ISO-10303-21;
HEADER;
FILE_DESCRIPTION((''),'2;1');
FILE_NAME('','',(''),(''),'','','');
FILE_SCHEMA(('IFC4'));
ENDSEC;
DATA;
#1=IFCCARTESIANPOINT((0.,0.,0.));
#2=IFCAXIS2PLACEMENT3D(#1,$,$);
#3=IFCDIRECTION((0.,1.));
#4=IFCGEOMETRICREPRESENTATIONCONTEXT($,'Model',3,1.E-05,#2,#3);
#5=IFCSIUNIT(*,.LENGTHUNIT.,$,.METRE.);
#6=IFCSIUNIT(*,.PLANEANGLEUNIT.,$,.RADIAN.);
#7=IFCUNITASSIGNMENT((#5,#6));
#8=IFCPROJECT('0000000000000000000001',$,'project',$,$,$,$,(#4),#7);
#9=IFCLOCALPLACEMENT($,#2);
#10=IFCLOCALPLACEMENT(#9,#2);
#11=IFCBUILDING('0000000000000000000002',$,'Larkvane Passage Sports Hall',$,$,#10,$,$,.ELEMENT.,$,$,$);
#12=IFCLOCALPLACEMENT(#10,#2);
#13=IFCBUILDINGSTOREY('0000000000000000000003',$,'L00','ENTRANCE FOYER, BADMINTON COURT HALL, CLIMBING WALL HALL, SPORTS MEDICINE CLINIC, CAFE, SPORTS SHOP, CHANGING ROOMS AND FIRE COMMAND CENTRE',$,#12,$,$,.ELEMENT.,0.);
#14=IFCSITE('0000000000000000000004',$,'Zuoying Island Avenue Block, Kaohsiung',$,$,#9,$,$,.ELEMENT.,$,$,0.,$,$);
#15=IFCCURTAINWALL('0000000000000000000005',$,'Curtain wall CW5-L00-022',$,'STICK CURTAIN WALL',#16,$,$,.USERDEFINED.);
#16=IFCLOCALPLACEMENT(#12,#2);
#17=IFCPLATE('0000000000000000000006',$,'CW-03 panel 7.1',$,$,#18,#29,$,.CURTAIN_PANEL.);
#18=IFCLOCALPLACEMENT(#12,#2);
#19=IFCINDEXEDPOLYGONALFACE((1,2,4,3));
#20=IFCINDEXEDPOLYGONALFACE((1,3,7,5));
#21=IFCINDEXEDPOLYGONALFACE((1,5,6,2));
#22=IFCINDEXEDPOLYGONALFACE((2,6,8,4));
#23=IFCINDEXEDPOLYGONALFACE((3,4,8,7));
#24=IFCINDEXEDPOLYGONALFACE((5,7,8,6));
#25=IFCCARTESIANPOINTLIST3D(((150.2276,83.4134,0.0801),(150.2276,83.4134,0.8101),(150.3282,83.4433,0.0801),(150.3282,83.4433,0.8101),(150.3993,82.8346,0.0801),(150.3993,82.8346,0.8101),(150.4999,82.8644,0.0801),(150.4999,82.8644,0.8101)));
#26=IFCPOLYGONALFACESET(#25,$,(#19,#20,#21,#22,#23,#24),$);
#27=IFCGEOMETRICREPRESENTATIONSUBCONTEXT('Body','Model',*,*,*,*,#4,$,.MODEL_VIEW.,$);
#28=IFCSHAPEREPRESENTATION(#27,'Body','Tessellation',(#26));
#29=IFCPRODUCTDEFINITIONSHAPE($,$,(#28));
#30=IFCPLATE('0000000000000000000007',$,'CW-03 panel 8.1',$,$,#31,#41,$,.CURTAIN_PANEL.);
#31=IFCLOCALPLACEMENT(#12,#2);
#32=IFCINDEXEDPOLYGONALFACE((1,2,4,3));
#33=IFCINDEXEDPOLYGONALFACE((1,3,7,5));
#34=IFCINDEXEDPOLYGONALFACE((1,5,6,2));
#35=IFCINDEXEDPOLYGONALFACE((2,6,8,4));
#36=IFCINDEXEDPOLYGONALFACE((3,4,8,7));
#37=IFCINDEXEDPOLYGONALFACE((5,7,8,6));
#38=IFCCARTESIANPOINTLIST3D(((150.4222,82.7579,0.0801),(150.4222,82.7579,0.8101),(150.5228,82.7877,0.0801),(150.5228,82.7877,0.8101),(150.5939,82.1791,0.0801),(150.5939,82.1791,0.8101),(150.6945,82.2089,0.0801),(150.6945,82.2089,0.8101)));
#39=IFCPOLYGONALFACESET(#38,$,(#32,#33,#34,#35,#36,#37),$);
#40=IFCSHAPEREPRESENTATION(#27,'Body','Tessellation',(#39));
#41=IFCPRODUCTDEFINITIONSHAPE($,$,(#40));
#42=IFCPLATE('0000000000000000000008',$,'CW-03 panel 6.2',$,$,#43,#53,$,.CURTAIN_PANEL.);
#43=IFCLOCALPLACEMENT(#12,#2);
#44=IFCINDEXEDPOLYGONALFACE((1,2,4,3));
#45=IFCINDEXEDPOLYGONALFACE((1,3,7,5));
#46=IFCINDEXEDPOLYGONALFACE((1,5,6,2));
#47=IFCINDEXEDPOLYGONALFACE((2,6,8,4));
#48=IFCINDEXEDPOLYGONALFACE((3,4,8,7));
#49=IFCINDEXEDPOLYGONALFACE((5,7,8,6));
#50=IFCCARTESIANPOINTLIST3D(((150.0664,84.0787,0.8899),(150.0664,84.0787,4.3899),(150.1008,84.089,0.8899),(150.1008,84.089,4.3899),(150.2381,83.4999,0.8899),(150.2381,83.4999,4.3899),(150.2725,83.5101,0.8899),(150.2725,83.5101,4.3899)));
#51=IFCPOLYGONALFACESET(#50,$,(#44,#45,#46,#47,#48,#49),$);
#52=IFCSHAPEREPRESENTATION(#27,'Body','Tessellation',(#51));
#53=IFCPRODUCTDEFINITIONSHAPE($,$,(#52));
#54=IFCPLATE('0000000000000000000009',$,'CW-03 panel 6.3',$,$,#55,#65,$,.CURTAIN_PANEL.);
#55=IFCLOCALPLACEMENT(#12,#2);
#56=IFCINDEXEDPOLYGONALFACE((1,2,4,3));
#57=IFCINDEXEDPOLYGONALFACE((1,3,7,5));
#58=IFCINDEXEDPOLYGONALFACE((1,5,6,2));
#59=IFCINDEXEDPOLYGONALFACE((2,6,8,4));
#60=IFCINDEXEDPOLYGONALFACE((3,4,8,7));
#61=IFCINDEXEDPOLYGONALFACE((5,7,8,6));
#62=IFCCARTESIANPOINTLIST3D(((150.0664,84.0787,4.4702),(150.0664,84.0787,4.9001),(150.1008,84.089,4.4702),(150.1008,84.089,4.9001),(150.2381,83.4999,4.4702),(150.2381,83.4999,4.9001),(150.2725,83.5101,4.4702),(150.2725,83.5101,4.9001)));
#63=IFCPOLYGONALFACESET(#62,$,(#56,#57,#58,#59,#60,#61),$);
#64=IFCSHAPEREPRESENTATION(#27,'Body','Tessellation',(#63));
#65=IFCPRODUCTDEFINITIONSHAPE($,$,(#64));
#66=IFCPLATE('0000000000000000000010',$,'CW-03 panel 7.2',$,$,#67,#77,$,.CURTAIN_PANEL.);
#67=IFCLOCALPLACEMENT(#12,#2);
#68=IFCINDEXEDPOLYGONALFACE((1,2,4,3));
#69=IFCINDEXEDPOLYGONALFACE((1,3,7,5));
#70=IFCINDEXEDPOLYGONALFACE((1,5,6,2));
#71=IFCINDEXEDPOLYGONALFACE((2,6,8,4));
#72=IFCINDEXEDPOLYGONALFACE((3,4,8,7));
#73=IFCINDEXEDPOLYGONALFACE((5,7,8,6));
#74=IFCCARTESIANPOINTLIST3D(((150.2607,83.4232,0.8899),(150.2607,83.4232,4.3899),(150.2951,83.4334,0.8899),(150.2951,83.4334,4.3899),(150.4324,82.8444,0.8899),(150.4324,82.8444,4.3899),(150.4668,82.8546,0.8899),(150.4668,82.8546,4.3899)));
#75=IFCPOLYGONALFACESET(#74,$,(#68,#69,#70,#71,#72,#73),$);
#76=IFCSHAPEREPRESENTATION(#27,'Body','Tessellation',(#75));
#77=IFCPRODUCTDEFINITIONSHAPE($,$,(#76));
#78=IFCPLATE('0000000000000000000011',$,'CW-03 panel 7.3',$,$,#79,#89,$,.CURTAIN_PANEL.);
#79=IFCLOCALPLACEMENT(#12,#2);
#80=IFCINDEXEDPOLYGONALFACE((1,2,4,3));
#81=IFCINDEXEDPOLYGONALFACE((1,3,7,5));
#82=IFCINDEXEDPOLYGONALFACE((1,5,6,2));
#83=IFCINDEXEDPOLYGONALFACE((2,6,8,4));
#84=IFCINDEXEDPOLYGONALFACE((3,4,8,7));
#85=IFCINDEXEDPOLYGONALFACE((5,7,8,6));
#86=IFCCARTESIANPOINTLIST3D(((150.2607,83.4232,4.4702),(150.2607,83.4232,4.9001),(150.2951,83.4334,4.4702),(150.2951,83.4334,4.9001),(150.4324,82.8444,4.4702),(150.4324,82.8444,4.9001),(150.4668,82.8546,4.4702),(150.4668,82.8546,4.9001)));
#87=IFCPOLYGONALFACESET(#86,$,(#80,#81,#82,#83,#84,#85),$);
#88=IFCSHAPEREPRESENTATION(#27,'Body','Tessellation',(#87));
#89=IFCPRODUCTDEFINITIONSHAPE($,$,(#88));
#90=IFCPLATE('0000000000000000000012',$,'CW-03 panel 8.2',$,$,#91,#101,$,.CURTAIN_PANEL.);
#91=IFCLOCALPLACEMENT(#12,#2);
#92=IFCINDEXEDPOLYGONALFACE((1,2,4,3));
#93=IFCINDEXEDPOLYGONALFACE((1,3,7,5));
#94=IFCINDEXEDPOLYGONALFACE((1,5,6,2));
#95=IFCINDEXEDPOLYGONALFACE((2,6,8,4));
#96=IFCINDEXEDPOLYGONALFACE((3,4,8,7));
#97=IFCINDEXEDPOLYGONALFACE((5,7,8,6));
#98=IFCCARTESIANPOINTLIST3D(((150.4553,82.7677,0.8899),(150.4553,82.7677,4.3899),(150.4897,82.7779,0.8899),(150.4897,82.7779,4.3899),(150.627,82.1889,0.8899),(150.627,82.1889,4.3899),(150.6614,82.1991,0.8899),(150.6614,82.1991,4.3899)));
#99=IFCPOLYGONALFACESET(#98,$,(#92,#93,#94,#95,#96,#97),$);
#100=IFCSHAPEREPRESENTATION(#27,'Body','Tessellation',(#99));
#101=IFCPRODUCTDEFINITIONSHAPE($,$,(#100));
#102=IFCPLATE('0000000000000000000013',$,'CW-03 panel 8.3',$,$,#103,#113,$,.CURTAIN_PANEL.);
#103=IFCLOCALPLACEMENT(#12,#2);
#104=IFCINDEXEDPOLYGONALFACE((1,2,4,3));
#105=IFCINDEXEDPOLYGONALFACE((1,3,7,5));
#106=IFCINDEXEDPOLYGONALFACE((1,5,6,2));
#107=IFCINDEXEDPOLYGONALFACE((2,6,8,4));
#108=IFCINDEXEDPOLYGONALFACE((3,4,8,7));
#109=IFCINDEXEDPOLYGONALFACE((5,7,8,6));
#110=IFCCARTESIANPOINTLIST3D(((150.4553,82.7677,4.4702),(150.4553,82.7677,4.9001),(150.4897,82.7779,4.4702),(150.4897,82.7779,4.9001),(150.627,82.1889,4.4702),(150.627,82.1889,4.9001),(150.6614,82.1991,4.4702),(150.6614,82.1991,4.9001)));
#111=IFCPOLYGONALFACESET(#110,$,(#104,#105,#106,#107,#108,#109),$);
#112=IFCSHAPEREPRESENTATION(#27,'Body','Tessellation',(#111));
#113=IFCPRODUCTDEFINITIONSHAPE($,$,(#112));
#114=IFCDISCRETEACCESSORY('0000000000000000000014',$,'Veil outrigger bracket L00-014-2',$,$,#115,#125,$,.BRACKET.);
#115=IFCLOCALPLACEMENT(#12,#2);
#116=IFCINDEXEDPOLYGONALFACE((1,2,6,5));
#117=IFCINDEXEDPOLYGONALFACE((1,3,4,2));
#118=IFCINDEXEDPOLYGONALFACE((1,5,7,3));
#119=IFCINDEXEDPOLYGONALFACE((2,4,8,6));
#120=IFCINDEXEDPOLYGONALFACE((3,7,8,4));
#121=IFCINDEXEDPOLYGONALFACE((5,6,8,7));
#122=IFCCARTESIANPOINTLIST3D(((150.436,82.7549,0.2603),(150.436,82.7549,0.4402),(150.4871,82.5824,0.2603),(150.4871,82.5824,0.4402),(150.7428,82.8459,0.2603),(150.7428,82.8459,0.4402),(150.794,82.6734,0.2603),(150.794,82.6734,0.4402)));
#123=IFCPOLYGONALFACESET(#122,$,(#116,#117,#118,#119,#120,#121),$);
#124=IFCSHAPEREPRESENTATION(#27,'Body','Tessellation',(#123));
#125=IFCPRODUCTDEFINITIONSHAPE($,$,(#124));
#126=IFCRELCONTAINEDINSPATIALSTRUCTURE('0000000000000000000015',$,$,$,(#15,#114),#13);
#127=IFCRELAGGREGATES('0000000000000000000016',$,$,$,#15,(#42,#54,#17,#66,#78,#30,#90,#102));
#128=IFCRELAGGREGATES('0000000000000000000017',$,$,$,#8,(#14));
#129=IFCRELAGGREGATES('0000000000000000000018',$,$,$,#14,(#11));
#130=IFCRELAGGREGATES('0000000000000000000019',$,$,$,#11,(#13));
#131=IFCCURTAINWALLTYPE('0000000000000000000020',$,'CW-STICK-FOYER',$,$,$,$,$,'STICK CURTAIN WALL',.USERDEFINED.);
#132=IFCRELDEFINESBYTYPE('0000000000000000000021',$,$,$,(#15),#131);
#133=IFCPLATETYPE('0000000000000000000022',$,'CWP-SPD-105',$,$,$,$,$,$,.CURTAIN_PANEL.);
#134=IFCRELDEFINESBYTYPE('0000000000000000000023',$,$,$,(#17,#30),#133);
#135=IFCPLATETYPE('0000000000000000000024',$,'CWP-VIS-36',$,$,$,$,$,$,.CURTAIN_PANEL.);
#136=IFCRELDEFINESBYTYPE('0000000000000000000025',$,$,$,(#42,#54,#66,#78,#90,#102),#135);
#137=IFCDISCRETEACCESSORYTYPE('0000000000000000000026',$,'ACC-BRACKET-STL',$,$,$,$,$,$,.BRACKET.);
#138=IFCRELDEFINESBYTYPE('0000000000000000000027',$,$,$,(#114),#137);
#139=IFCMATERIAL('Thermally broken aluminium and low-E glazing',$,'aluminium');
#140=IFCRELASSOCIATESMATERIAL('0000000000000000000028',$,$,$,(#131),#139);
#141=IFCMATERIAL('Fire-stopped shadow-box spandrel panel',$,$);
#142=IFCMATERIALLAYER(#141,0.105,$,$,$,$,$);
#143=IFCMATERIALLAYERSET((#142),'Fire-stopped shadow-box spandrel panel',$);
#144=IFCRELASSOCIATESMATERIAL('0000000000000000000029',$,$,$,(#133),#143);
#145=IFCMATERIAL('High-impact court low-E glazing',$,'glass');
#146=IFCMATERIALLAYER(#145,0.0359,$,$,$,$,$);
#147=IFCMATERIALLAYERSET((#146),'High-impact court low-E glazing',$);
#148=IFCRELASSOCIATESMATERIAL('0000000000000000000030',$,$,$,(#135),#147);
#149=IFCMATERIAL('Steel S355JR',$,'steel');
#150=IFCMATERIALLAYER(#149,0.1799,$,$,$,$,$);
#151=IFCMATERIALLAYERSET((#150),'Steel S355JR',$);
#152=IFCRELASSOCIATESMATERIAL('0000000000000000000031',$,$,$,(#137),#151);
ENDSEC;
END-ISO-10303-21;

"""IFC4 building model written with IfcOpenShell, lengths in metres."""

from ifc_helpers import new_model, si_unit, direction, frame, origin, origin_2d, place, context, subcontext, project, spatial, rectangle, extrude, material, layer, layer_set, type_object, element, aggregate, save


model = new_model("IFC4")

# Units and contexts
model_context = context("Model", 3, precision=1e-05, world=origin(), true_north=direction((0.0, 1.0)))
body_context = subcontext(model_context, "Body", "Model", "MODEL_VIEW")
ifc_project = project(units=[si_unit("LENGTHUNIT", "METRE"), si_unit("PLANEANGLEUNIT", "RADIAN")], contexts=[model_context])

# Site, building, storey
site_placement = place(None, origin())
site = spatial("IfcSite", under=ifc_project, at=site_placement, Name="Zuoying Island Avenue Block, Kaohsiung", CompositionType="ELEMENT", RefElevation=0.0)
building_placement = place(site_placement, origin())
building = spatial("IfcBuilding", under=site, at=building_placement, Name="Larkvane Passage Sports Hall", CompositionType="ELEMENT")
storey_placement = place(building_placement, origin())
storey = spatial("IfcBuildingStorey", under=building, at=storey_placement, Name="L00", Description="ENTRANCE FOYER, BADMINTON COURT HALL, CLIMBING WALL HALL, SPORTS MEDICINE CLINIC, CAFE, SPORTS SHOP, CHANGING ROOMS AND FIRE COMMAND CENTRE", CompositionType="ELEMENT", Elevation=0.0)

# Curtain wall, plates
ifc_material_1 = material(Name="Thermally broken aluminium and low-E glazing", Category="aluminium")
curtain_wall_type = type_object("IfcCurtainWallType", Name="CW-STICK-FOYER", ElementType="STICK CURTAIN WALL", PredefinedType="USERDEFINED", material=ifc_material_1)
curtain_wall_placement = place(storey_placement, origin())
curtain_wall = element("IfcCurtainWall", 1, at=curtain_wall_placement, inside=storey, type_object=curtain_wall_type, Name="Curtain wall CW5-L00-022", ObjectType="STICK CURTAIN WALL", PredefinedType="USERDEFINED")
ifc_material_2 = material(Name="Fire-stopped shadow-box spandrel panel")
ifc_layer_1 = layer(ifc_material_2, 0.105)
ifc_layer_set_1 = layer_set([ifc_layer_1], Name="Fire-stopped shadow-box spandrel panel")
plate_type_1 = type_object("IfcPlateType", Name="CWP-SPD-105", PredefinedType="CURTAIN_PANEL", material=ifc_layer_set_1)
plate_1_placement = place(storey_placement, frame((150.3638, 83.1389, 0.0801), z_axis=(0.0, 0.0, 1.0), x_axis=(0.284365, -0.958716, 0.0)))
plate_1 = element("IfcPlate", 2, at=plate_1_placement, type_object=plate_type_1, Name="CW-03 panel 7.1", PredefinedType="CURTAIN_PANEL", context=body_context, shape_type="SweptSolid", body=[
    extrude(rectangle(XDim=0.6038, YDim=0.105, at=origin_2d()), origin(), (0.0, 0.0, 1.0), 0.73),
])
plate_2_placement = place(storey_placement, frame((150.5583, 82.4834, 0.0801), z_axis=(0.0, 0.0, 1.0), x_axis=(0.284365, -0.958716, 0.0)))
plate_2 = element("IfcPlate", 3, at=plate_2_placement, type_object=plate_type_1, Name="CW-03 panel 8.1", PredefinedType="CURTAIN_PANEL", context=body_context, shape_type="SweptSolid", body=[
    extrude(rectangle(XDim=0.6038, YDim=0.105, at=origin_2d()), origin(), (0.0, 0.0, 1.0), 0.73),
])
ifc_material_3 = material(Name="High-impact court low-E glazing", Category="glass")
ifc_layer_2 = layer(ifc_material_3, 0.0359)
ifc_layer_set_2 = layer_set([ifc_layer_2], Name="High-impact court low-E glazing")
plate_type_2 = type_object("IfcPlateType", Name="CWP-VIS-36", PredefinedType="CURTAIN_PANEL", material=ifc_layer_set_2)
plate_3_placement = place(storey_placement, frame((150.1694, 83.7944, 0.8899), z_axis=(0.0, 0.0, 1.0), x_axis=(0.284365, -0.958716, 0.0)))
plate_3 = element("IfcPlate", 4, at=plate_3_placement, type_object=plate_type_2, Name="CW-03 panel 6.2", PredefinedType="CURTAIN_PANEL", context=body_context, shape_type="SweptSolid", body=[
    extrude(rectangle(XDim=0.6038, YDim=0.0359, at=origin_2d()), origin(), (0.0, 0.0, 1.0), 3.5),
])
plate_4_placement = place(storey_placement, frame((150.1694, 83.7944, 4.4702), z_axis=(0.0, 0.0, 1.0), x_axis=(0.284365, -0.958716, 0.0)))
plate_4 = element("IfcPlate", 5, at=plate_4_placement, type_object=plate_type_2, Name="CW-03 panel 6.3", PredefinedType="CURTAIN_PANEL", context=body_context, shape_type="SweptSolid", body=[
    extrude(rectangle(XDim=0.6038, YDim=0.0359, at=origin_2d()), origin(), (0.0, 0.0, 1.0), 0.4299),
])
plate_5_placement = place(storey_placement, frame((150.3638, 83.1389, 0.8899), z_axis=(0.0, 0.0, 1.0), x_axis=(0.284365, -0.958716, 0.0)))
plate_5 = element("IfcPlate", 6, at=plate_5_placement, type_object=plate_type_2, Name="CW-03 panel 7.2", PredefinedType="CURTAIN_PANEL", context=body_context, shape_type="SweptSolid", body=[
    extrude(rectangle(XDim=0.6038, YDim=0.0359, at=origin_2d()), origin(), (0.0, 0.0, 1.0), 3.5),
])
plate_6_placement = place(storey_placement, frame((150.3638, 83.1389, 4.4702), z_axis=(0.0, 0.0, 1.0), x_axis=(0.284365, -0.958716, 0.0)))
plate_6 = element("IfcPlate", 7, at=plate_6_placement, type_object=plate_type_2, Name="CW-03 panel 7.3", PredefinedType="CURTAIN_PANEL", context=body_context, shape_type="SweptSolid", body=[
    extrude(rectangle(XDim=0.6038, YDim=0.0359, at=origin_2d()), origin(), (0.0, 0.0, 1.0), 0.4299),
])
plate_7_placement = place(storey_placement, frame((150.5583, 82.4834, 0.8899), z_axis=(0.0, 0.0, 1.0), x_axis=(0.284365, -0.958716, 0.0)))
plate_7 = element("IfcPlate", 8, at=plate_7_placement, type_object=plate_type_2, Name="CW-03 panel 8.2", PredefinedType="CURTAIN_PANEL", context=body_context, shape_type="SweptSolid", body=[
    extrude(rectangle(XDim=0.6038, YDim=0.0359, at=origin_2d()), origin(), (0.0, 0.0, 1.0), 3.5),
])
plate_8_placement = place(storey_placement, frame((150.5583, 82.4834, 4.4702), z_axis=(0.0, 0.0, 1.0), x_axis=(0.284365, -0.958716, 0.0)))
plate_8 = element("IfcPlate", 9, at=plate_8_placement, type_object=plate_type_2, Name="CW-03 panel 8.3", PredefinedType="CURTAIN_PANEL", context=body_context, shape_type="SweptSolid", body=[
    extrude(rectangle(XDim=0.6038, YDim=0.0359, at=origin_2d()), origin(), (0.0, 0.0, 1.0), 0.4299),
])
aggregate(curtain_wall, [plate_3, plate_4, plate_1, plate_5, plate_6, plate_2, plate_7, plate_8])

# Discrete accessory
ifc_material_4 = material(Name="Steel S355JR", Category="steel")
ifc_layer_3 = layer(ifc_material_4, 0.1799)
ifc_layer_set_3 = layer_set([ifc_layer_3], Name="Steel S355JR")
discrete_accessory_type = type_object("IfcDiscreteAccessoryType", Name="ACC-BRACKET-STL", PredefinedType="BRACKET", material=ifc_layer_set_3)
discrete_accessory_placement = place(storey_placement, frame((150.615, 82.7141, 0.2603), z_axis=(0.0, 0.0, 1.0), x_axis=(0.284365, -0.958716, 0.0)))
element("IfcDiscreteAccessory", 10, at=discrete_accessory_placement, inside=storey, type_object=discrete_accessory_type, Name="Veil outrigger bracket L00-014-2", PredefinedType="BRACKET", context=body_context, shape_type="SweptSolid", body=[
    extrude(rectangle(XDim=0.1799, YDim=0.3201, at=origin_2d()), origin(), (0.0, 0.0, 1.0), 0.1799),
])

save(model, "model.ifc")
